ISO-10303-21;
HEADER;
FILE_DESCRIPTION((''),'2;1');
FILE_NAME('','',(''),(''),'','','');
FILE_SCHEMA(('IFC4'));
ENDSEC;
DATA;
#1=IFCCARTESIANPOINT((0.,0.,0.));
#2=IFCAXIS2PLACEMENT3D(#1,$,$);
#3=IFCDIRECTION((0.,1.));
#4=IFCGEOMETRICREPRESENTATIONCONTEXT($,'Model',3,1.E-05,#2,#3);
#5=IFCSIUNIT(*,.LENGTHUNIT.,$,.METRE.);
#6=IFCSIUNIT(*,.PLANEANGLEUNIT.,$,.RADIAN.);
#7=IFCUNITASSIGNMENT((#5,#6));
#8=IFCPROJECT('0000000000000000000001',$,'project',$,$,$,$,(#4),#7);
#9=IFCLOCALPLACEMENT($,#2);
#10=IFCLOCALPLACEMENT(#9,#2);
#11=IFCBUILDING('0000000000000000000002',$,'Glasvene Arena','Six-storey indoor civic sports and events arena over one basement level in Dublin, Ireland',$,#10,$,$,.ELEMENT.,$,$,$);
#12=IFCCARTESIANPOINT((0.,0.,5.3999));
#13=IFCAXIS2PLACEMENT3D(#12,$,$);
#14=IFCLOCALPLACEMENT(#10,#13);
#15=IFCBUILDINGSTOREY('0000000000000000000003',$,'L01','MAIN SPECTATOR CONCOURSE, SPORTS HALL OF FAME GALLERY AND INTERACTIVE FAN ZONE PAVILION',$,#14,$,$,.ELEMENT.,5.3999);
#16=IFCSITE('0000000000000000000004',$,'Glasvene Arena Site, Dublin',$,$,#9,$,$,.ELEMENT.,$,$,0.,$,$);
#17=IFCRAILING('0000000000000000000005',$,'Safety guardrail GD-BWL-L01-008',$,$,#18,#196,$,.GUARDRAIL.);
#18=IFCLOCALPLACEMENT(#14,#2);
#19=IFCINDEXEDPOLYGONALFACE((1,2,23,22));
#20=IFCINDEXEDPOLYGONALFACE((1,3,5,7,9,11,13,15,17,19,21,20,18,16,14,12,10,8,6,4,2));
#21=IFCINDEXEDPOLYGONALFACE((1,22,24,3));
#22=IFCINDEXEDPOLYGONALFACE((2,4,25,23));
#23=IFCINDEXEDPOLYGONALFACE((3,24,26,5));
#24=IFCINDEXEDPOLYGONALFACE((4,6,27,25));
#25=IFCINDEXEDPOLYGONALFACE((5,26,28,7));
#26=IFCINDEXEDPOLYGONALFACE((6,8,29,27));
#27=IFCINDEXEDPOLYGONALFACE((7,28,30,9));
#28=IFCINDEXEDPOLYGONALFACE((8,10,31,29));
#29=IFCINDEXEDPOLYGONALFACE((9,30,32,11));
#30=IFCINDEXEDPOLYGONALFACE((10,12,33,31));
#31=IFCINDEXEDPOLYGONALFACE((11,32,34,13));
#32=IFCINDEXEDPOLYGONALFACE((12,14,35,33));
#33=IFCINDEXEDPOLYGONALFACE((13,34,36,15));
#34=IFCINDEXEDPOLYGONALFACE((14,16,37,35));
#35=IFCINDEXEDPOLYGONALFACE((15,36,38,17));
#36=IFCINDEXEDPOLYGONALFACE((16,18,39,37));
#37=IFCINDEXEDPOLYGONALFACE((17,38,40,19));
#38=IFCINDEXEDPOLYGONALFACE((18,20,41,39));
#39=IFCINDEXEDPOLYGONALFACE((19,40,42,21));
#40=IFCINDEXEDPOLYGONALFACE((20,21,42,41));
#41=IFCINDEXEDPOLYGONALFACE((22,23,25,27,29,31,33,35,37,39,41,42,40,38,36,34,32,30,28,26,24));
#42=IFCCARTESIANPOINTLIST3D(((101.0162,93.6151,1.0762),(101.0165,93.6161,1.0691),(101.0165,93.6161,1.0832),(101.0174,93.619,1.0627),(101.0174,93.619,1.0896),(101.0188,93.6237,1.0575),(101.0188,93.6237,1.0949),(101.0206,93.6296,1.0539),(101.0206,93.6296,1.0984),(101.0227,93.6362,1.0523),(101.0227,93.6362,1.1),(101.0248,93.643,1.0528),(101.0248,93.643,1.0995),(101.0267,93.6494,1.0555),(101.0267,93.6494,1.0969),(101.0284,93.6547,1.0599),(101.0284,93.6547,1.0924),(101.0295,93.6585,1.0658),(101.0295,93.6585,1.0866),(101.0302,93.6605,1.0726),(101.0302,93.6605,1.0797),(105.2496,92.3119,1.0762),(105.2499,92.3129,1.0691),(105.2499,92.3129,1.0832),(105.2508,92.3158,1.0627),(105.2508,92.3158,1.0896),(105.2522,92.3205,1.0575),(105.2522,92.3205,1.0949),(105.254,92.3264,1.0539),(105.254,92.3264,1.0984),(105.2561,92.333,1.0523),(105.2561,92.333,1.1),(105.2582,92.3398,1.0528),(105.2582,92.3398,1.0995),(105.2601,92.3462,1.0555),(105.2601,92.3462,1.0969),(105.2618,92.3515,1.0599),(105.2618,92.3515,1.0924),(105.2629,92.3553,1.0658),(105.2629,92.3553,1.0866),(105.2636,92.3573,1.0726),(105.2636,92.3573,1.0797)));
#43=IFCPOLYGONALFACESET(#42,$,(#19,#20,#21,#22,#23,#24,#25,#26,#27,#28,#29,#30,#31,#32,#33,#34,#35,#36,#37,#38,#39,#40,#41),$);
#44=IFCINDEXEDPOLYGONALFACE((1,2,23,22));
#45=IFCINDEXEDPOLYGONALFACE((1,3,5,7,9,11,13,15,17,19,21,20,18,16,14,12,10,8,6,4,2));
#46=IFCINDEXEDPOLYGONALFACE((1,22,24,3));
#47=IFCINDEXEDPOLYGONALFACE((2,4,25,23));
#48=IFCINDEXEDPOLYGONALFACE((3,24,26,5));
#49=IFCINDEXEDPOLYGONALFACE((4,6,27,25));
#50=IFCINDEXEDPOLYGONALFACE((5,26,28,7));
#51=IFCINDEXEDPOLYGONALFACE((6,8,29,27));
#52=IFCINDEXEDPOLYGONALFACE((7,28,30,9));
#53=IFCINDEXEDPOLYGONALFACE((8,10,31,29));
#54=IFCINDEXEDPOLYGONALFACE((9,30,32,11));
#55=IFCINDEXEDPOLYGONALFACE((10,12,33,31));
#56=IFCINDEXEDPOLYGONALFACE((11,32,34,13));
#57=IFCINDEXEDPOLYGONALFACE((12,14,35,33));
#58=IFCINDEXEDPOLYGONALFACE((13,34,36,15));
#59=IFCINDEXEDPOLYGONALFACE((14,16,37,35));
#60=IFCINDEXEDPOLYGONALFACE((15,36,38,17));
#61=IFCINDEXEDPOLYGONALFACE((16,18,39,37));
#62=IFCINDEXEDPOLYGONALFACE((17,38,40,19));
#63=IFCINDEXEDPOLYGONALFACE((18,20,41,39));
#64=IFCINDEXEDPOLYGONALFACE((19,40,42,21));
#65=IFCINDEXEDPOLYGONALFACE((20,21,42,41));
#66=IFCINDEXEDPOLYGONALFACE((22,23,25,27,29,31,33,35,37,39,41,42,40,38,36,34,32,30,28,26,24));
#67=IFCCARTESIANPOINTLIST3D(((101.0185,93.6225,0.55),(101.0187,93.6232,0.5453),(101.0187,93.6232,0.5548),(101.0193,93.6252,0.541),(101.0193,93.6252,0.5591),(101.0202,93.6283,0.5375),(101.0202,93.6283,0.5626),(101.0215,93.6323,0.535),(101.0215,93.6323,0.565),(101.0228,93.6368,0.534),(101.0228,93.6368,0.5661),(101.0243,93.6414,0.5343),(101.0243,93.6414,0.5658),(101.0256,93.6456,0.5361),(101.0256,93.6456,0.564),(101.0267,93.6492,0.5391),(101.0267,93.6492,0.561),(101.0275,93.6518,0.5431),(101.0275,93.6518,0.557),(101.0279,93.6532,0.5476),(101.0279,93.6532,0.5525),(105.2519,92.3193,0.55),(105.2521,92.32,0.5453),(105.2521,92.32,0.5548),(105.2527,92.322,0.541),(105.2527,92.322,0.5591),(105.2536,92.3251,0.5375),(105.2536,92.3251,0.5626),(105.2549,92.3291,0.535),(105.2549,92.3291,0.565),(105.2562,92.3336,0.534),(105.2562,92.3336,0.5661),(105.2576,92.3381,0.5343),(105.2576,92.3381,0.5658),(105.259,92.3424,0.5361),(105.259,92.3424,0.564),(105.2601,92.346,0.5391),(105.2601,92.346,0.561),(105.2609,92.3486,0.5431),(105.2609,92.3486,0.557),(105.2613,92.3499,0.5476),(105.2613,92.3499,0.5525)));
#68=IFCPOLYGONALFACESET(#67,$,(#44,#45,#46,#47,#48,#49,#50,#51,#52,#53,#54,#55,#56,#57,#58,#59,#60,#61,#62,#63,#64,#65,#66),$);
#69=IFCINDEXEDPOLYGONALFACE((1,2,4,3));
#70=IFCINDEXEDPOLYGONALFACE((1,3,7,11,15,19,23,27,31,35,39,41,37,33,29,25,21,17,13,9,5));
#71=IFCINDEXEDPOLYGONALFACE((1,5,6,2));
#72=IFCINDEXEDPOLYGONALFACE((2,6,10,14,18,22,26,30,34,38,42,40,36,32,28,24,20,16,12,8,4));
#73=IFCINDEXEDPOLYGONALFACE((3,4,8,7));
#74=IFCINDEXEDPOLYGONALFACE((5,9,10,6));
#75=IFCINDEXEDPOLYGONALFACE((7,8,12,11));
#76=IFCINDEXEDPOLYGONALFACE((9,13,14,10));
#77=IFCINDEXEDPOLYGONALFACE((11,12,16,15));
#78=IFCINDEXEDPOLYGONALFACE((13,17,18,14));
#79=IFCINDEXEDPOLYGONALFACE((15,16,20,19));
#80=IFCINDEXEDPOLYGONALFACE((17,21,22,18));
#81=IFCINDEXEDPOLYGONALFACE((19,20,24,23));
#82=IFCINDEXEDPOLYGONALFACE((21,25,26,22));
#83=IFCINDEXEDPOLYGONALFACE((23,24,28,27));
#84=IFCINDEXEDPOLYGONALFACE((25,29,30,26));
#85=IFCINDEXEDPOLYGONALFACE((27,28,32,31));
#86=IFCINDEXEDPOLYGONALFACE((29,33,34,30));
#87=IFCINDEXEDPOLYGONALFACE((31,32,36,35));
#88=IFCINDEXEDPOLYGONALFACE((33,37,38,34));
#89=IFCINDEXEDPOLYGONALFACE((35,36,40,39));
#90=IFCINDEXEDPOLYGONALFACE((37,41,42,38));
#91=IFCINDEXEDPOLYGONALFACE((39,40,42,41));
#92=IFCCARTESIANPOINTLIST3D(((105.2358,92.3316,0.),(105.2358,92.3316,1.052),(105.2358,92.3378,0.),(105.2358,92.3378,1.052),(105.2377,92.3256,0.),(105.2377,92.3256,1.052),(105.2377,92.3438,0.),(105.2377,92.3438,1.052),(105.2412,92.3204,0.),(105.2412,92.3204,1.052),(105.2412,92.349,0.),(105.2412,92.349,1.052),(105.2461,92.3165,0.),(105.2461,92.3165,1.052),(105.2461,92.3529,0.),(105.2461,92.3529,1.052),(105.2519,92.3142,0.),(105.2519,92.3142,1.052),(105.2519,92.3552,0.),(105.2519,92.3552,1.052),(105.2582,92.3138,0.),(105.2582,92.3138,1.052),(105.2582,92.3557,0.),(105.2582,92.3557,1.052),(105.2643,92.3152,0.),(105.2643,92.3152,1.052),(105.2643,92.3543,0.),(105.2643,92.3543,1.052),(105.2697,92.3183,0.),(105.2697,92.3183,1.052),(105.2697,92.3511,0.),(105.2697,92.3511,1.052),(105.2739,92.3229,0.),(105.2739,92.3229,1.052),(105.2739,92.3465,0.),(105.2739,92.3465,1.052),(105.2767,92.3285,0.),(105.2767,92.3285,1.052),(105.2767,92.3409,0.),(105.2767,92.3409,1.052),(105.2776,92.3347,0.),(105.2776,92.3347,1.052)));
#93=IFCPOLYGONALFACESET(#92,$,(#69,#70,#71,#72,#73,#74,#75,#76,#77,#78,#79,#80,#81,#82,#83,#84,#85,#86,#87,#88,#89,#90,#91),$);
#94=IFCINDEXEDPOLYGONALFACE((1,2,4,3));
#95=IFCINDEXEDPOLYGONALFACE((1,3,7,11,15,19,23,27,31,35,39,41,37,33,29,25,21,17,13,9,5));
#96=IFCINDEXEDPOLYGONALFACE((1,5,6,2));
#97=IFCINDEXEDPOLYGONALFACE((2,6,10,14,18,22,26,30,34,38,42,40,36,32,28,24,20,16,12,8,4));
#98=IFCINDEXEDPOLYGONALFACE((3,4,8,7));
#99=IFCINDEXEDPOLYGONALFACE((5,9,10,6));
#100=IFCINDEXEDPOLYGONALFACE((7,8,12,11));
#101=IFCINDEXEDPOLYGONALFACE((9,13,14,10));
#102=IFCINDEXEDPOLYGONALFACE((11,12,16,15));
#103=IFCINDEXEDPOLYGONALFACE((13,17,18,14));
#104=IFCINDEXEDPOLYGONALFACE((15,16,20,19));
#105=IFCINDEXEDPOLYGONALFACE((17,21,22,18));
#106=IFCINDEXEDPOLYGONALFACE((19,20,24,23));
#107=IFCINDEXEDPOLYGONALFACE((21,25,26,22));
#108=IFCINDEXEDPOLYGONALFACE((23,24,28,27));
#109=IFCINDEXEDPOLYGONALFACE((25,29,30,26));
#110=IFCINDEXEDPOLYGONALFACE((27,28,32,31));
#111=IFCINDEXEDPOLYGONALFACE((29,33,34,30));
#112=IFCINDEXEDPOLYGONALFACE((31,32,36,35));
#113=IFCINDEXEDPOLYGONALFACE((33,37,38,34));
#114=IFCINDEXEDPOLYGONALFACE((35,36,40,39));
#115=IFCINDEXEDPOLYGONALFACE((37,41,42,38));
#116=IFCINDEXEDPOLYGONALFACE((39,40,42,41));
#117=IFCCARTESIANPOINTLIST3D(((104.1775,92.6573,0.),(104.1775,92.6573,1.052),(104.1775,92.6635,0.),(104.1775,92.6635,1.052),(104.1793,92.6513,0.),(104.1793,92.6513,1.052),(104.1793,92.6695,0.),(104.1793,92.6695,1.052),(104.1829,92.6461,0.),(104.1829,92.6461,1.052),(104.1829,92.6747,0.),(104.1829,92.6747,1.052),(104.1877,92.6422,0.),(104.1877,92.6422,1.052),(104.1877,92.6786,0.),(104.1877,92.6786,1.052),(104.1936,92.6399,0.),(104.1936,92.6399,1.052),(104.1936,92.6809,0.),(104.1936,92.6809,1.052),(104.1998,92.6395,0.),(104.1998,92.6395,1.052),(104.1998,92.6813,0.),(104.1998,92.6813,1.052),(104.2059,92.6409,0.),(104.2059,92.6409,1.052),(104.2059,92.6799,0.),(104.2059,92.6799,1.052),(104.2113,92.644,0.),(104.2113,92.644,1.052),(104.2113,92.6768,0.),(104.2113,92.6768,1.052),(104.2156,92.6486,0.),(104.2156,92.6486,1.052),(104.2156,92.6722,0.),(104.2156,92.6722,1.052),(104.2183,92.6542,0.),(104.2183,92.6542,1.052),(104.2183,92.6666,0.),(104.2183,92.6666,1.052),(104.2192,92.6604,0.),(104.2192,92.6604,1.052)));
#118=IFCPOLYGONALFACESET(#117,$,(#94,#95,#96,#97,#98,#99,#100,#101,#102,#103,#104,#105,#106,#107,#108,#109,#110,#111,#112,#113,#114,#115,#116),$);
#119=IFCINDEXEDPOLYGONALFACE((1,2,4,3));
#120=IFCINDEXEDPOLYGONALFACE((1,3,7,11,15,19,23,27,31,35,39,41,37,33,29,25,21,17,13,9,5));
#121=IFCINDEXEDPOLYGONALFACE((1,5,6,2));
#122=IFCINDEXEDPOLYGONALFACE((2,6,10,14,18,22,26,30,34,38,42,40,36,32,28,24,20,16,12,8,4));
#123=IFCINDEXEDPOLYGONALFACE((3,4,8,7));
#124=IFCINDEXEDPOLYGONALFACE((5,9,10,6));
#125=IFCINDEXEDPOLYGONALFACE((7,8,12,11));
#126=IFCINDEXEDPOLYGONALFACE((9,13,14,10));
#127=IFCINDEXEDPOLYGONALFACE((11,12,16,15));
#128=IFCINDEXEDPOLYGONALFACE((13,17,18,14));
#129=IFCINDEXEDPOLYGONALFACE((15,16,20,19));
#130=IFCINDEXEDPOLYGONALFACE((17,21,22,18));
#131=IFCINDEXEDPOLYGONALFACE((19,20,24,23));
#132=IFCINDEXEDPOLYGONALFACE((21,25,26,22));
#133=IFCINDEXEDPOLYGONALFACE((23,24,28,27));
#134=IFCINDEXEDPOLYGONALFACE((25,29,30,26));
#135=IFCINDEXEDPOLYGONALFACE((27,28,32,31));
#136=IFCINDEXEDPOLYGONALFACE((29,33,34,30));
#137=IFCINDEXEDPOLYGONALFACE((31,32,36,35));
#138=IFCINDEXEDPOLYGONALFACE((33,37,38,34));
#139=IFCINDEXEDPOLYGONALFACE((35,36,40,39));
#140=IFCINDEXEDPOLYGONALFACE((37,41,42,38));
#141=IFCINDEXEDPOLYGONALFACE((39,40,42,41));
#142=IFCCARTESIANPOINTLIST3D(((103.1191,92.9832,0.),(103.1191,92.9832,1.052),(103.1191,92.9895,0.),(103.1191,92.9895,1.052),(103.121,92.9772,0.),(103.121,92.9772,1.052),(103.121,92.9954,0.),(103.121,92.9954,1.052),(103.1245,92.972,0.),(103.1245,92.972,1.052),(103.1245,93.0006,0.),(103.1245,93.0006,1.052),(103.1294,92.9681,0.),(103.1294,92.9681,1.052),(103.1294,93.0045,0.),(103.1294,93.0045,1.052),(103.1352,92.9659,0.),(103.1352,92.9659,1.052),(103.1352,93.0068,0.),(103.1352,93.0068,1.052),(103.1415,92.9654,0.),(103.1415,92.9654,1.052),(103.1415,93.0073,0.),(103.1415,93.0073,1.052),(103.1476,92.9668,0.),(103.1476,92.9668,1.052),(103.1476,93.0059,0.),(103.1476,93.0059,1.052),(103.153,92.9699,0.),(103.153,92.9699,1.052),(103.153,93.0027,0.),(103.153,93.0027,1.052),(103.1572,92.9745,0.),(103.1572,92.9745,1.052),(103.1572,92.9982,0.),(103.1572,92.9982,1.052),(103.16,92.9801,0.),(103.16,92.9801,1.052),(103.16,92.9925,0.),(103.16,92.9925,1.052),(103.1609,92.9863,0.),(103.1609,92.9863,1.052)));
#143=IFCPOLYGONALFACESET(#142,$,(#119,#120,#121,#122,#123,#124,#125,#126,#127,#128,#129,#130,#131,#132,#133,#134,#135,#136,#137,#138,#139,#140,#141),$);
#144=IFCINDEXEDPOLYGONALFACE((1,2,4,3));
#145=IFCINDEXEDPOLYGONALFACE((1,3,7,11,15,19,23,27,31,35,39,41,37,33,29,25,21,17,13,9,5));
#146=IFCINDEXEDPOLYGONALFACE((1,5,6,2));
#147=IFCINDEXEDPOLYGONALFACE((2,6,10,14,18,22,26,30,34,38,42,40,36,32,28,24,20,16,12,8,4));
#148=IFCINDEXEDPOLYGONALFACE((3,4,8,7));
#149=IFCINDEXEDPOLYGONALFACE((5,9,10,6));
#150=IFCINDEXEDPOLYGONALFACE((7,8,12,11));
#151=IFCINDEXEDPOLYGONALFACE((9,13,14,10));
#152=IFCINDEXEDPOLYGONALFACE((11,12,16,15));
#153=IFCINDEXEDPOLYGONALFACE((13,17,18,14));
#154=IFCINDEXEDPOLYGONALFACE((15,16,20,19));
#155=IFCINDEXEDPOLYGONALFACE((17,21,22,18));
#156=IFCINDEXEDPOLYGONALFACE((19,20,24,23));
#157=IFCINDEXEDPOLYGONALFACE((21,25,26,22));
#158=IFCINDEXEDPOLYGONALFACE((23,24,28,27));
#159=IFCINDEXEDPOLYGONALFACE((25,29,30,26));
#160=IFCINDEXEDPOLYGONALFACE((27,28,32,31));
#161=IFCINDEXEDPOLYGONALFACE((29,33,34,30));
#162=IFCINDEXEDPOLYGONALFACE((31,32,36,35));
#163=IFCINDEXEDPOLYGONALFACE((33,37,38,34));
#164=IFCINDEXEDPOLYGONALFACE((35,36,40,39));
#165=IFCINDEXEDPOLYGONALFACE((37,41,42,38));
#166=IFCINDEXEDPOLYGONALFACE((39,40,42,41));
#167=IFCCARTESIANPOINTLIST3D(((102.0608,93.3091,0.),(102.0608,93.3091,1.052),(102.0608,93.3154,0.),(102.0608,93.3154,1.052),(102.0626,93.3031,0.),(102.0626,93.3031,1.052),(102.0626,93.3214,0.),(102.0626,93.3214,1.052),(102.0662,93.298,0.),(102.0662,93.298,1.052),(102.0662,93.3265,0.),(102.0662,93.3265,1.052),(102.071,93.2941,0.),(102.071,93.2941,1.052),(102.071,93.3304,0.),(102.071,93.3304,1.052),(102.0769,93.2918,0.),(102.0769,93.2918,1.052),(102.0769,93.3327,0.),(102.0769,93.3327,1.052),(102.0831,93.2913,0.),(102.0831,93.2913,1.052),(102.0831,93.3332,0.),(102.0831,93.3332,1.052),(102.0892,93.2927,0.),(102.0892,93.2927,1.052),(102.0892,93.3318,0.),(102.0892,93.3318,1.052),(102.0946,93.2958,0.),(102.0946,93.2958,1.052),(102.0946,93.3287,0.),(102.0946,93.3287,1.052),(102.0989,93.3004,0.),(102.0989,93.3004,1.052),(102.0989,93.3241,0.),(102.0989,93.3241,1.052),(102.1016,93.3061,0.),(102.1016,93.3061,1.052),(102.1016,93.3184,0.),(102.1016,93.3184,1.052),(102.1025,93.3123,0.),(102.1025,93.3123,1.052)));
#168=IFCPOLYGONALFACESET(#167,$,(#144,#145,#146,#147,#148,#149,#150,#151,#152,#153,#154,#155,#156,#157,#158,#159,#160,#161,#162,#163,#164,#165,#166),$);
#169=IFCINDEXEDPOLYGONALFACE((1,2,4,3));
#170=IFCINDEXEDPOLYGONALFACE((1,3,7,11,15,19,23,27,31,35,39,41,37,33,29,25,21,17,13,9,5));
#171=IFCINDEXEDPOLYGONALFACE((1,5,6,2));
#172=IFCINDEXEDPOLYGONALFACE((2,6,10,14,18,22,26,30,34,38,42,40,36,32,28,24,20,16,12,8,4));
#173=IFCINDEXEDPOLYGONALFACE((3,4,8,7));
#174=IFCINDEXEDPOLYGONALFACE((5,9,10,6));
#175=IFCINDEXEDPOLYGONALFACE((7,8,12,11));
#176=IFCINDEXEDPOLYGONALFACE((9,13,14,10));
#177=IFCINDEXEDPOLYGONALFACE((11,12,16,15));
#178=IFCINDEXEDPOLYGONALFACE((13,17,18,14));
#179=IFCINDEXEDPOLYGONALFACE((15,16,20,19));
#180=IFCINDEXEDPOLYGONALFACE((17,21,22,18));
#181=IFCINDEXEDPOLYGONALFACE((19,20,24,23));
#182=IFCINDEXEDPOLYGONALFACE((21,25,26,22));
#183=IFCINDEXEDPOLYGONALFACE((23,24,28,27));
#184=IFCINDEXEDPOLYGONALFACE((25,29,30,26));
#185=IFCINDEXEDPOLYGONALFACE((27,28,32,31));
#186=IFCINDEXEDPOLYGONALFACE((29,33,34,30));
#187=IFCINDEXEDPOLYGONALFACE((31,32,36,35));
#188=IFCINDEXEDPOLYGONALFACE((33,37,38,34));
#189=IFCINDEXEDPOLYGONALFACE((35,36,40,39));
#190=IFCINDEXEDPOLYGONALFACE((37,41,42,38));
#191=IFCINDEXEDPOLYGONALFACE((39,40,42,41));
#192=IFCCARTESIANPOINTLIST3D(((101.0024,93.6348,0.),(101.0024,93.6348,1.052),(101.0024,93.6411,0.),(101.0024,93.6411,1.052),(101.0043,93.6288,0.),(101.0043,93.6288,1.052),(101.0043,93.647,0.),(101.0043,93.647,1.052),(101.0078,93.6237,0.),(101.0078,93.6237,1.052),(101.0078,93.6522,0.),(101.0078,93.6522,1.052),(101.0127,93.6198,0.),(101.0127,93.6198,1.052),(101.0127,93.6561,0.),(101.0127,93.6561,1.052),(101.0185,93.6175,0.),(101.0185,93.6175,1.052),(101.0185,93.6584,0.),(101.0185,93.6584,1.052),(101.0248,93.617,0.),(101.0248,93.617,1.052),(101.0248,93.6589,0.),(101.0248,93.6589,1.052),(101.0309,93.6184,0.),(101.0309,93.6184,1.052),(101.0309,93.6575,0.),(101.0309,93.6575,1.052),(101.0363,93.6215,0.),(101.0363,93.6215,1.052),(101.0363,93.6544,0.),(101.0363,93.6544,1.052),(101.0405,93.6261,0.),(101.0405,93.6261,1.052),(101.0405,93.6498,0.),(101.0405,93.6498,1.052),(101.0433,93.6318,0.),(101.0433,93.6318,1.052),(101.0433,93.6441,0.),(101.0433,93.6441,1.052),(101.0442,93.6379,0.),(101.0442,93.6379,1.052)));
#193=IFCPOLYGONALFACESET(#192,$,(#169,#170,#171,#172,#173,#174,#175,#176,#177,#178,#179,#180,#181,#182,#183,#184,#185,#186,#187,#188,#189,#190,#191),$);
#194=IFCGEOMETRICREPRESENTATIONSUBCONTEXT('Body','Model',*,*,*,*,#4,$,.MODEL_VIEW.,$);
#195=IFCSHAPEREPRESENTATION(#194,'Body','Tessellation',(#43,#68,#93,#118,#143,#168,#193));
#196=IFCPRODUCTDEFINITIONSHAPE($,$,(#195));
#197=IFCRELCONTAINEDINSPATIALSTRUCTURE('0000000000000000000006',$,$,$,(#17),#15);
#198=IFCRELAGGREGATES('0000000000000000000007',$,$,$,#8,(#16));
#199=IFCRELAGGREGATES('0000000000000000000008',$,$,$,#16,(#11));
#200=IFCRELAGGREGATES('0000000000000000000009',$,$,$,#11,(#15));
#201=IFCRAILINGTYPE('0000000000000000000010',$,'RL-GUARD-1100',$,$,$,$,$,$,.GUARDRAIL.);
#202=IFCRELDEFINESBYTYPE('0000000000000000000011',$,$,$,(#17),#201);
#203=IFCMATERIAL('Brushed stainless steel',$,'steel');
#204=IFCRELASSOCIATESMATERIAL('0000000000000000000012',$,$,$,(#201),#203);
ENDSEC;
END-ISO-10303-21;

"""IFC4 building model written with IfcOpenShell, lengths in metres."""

from ifc_helpers import new_model, si_unit, direction, frame, origin, origin_2d, place, context, subcontext, project, spatial, circle, extrude, material, type_object, element, save


model = new_model("IFC4")

# Units and contexts
model_context = context("Model", 3, precision=1e-05, world=origin(), true_north=direction((0.0, 1.0)))
body_context = subcontext(model_context, "Body", "Model", "MODEL_VIEW")
ifc_project = project(units=[si_unit("LENGTHUNIT", "METRE"), si_unit("PLANEANGLEUNIT", "RADIAN")], contexts=[model_context])

# Site, building, storey
site_placement = place(None, origin())
site = spatial("IfcSite", under=ifc_project, at=site_placement, Name="Glasvene Arena Site, Dublin", CompositionType="ELEMENT", RefElevation=0.0)
building_placement = place(site_placement, origin())
building = spatial("IfcBuilding", under=site, at=building_placement, Name="Glasvene Arena", Description="Six-storey indoor civic sports and events arena over one basement level in Dublin, Ireland", CompositionType="ELEMENT")
storey_placement = place(building_placement, frame((0.0, 0.0, 5.3999)))
storey = spatial("IfcBuildingStorey", under=building, at=storey_placement, Name="L01", Description="MAIN SPECTATOR CONCOURSE, SPORTS HALL OF FAME GALLERY AND INTERACTIVE FAN ZONE PAVILION", CompositionType="ELEMENT", Elevation=5.3999)

# Railing
ifc_material_1 = material(Name="Brushed stainless steel", Category="steel")
railing_type = type_object("IfcRailingType", Name="RL-GUARD-1100", PredefinedType="GUARDRAIL", material=ifc_material_1)
railing_1_placement = place(storey_placement, frame((105.2566, 92.3347, 0.0)))
element("IfcRailing", 1, at=railing_1_placement, inside=storey, type_object=railing_type, Name="Safety guardrail GD-BWL-L01-008", PredefinedType="GUARDRAIL", context=body_context, shape_type="SweptSolid", body=[
    extrude(circle(Radius=0.0239, at=origin_2d()), frame((0.0, 0.0, 1.0762), z_axis=(-0.955738, 0.294218, 0.0), x_axis=(-0.294218, -0.955738, 0.0)), (0.0, 0.0, 1.0), 4.4294),
    extrude(circle(Radius=0.0161, at=origin_2d()), frame((0.0, 0.0, 0.55), z_axis=(-0.955738, 0.294218, 0.0), x_axis=(-0.294218, -0.955738, 0.0)), (0.0, 0.0, 1.0), 4.4294),
    extrude(circle(Radius=0.021, at=origin_2d()), origin(), (0.0, 0.0, 1.0), 1.052),
    extrude(circle(Radius=0.021, at=origin_2d()), frame((-1.0583, 0.3257, 0.0)), (0.0, 0.0, 1.0), 1.052),
    extrude(circle(Radius=0.021, at=origin_2d()), frame((-2.1167, 0.6516, 0.0)), (0.0, 0.0, 1.0), 1.052),
    extrude(circle(Radius=0.021, at=origin_2d()), frame((-3.175, 0.9775, 0.0)), (0.0, 0.0, 1.0), 1.052),
    extrude(circle(Radius=0.021, at=origin_2d()), frame((-4.2334, 1.3032, 0.0)), (0.0, 0.0, 1.0), 1.052),
])

save(model, "model.ifc")
